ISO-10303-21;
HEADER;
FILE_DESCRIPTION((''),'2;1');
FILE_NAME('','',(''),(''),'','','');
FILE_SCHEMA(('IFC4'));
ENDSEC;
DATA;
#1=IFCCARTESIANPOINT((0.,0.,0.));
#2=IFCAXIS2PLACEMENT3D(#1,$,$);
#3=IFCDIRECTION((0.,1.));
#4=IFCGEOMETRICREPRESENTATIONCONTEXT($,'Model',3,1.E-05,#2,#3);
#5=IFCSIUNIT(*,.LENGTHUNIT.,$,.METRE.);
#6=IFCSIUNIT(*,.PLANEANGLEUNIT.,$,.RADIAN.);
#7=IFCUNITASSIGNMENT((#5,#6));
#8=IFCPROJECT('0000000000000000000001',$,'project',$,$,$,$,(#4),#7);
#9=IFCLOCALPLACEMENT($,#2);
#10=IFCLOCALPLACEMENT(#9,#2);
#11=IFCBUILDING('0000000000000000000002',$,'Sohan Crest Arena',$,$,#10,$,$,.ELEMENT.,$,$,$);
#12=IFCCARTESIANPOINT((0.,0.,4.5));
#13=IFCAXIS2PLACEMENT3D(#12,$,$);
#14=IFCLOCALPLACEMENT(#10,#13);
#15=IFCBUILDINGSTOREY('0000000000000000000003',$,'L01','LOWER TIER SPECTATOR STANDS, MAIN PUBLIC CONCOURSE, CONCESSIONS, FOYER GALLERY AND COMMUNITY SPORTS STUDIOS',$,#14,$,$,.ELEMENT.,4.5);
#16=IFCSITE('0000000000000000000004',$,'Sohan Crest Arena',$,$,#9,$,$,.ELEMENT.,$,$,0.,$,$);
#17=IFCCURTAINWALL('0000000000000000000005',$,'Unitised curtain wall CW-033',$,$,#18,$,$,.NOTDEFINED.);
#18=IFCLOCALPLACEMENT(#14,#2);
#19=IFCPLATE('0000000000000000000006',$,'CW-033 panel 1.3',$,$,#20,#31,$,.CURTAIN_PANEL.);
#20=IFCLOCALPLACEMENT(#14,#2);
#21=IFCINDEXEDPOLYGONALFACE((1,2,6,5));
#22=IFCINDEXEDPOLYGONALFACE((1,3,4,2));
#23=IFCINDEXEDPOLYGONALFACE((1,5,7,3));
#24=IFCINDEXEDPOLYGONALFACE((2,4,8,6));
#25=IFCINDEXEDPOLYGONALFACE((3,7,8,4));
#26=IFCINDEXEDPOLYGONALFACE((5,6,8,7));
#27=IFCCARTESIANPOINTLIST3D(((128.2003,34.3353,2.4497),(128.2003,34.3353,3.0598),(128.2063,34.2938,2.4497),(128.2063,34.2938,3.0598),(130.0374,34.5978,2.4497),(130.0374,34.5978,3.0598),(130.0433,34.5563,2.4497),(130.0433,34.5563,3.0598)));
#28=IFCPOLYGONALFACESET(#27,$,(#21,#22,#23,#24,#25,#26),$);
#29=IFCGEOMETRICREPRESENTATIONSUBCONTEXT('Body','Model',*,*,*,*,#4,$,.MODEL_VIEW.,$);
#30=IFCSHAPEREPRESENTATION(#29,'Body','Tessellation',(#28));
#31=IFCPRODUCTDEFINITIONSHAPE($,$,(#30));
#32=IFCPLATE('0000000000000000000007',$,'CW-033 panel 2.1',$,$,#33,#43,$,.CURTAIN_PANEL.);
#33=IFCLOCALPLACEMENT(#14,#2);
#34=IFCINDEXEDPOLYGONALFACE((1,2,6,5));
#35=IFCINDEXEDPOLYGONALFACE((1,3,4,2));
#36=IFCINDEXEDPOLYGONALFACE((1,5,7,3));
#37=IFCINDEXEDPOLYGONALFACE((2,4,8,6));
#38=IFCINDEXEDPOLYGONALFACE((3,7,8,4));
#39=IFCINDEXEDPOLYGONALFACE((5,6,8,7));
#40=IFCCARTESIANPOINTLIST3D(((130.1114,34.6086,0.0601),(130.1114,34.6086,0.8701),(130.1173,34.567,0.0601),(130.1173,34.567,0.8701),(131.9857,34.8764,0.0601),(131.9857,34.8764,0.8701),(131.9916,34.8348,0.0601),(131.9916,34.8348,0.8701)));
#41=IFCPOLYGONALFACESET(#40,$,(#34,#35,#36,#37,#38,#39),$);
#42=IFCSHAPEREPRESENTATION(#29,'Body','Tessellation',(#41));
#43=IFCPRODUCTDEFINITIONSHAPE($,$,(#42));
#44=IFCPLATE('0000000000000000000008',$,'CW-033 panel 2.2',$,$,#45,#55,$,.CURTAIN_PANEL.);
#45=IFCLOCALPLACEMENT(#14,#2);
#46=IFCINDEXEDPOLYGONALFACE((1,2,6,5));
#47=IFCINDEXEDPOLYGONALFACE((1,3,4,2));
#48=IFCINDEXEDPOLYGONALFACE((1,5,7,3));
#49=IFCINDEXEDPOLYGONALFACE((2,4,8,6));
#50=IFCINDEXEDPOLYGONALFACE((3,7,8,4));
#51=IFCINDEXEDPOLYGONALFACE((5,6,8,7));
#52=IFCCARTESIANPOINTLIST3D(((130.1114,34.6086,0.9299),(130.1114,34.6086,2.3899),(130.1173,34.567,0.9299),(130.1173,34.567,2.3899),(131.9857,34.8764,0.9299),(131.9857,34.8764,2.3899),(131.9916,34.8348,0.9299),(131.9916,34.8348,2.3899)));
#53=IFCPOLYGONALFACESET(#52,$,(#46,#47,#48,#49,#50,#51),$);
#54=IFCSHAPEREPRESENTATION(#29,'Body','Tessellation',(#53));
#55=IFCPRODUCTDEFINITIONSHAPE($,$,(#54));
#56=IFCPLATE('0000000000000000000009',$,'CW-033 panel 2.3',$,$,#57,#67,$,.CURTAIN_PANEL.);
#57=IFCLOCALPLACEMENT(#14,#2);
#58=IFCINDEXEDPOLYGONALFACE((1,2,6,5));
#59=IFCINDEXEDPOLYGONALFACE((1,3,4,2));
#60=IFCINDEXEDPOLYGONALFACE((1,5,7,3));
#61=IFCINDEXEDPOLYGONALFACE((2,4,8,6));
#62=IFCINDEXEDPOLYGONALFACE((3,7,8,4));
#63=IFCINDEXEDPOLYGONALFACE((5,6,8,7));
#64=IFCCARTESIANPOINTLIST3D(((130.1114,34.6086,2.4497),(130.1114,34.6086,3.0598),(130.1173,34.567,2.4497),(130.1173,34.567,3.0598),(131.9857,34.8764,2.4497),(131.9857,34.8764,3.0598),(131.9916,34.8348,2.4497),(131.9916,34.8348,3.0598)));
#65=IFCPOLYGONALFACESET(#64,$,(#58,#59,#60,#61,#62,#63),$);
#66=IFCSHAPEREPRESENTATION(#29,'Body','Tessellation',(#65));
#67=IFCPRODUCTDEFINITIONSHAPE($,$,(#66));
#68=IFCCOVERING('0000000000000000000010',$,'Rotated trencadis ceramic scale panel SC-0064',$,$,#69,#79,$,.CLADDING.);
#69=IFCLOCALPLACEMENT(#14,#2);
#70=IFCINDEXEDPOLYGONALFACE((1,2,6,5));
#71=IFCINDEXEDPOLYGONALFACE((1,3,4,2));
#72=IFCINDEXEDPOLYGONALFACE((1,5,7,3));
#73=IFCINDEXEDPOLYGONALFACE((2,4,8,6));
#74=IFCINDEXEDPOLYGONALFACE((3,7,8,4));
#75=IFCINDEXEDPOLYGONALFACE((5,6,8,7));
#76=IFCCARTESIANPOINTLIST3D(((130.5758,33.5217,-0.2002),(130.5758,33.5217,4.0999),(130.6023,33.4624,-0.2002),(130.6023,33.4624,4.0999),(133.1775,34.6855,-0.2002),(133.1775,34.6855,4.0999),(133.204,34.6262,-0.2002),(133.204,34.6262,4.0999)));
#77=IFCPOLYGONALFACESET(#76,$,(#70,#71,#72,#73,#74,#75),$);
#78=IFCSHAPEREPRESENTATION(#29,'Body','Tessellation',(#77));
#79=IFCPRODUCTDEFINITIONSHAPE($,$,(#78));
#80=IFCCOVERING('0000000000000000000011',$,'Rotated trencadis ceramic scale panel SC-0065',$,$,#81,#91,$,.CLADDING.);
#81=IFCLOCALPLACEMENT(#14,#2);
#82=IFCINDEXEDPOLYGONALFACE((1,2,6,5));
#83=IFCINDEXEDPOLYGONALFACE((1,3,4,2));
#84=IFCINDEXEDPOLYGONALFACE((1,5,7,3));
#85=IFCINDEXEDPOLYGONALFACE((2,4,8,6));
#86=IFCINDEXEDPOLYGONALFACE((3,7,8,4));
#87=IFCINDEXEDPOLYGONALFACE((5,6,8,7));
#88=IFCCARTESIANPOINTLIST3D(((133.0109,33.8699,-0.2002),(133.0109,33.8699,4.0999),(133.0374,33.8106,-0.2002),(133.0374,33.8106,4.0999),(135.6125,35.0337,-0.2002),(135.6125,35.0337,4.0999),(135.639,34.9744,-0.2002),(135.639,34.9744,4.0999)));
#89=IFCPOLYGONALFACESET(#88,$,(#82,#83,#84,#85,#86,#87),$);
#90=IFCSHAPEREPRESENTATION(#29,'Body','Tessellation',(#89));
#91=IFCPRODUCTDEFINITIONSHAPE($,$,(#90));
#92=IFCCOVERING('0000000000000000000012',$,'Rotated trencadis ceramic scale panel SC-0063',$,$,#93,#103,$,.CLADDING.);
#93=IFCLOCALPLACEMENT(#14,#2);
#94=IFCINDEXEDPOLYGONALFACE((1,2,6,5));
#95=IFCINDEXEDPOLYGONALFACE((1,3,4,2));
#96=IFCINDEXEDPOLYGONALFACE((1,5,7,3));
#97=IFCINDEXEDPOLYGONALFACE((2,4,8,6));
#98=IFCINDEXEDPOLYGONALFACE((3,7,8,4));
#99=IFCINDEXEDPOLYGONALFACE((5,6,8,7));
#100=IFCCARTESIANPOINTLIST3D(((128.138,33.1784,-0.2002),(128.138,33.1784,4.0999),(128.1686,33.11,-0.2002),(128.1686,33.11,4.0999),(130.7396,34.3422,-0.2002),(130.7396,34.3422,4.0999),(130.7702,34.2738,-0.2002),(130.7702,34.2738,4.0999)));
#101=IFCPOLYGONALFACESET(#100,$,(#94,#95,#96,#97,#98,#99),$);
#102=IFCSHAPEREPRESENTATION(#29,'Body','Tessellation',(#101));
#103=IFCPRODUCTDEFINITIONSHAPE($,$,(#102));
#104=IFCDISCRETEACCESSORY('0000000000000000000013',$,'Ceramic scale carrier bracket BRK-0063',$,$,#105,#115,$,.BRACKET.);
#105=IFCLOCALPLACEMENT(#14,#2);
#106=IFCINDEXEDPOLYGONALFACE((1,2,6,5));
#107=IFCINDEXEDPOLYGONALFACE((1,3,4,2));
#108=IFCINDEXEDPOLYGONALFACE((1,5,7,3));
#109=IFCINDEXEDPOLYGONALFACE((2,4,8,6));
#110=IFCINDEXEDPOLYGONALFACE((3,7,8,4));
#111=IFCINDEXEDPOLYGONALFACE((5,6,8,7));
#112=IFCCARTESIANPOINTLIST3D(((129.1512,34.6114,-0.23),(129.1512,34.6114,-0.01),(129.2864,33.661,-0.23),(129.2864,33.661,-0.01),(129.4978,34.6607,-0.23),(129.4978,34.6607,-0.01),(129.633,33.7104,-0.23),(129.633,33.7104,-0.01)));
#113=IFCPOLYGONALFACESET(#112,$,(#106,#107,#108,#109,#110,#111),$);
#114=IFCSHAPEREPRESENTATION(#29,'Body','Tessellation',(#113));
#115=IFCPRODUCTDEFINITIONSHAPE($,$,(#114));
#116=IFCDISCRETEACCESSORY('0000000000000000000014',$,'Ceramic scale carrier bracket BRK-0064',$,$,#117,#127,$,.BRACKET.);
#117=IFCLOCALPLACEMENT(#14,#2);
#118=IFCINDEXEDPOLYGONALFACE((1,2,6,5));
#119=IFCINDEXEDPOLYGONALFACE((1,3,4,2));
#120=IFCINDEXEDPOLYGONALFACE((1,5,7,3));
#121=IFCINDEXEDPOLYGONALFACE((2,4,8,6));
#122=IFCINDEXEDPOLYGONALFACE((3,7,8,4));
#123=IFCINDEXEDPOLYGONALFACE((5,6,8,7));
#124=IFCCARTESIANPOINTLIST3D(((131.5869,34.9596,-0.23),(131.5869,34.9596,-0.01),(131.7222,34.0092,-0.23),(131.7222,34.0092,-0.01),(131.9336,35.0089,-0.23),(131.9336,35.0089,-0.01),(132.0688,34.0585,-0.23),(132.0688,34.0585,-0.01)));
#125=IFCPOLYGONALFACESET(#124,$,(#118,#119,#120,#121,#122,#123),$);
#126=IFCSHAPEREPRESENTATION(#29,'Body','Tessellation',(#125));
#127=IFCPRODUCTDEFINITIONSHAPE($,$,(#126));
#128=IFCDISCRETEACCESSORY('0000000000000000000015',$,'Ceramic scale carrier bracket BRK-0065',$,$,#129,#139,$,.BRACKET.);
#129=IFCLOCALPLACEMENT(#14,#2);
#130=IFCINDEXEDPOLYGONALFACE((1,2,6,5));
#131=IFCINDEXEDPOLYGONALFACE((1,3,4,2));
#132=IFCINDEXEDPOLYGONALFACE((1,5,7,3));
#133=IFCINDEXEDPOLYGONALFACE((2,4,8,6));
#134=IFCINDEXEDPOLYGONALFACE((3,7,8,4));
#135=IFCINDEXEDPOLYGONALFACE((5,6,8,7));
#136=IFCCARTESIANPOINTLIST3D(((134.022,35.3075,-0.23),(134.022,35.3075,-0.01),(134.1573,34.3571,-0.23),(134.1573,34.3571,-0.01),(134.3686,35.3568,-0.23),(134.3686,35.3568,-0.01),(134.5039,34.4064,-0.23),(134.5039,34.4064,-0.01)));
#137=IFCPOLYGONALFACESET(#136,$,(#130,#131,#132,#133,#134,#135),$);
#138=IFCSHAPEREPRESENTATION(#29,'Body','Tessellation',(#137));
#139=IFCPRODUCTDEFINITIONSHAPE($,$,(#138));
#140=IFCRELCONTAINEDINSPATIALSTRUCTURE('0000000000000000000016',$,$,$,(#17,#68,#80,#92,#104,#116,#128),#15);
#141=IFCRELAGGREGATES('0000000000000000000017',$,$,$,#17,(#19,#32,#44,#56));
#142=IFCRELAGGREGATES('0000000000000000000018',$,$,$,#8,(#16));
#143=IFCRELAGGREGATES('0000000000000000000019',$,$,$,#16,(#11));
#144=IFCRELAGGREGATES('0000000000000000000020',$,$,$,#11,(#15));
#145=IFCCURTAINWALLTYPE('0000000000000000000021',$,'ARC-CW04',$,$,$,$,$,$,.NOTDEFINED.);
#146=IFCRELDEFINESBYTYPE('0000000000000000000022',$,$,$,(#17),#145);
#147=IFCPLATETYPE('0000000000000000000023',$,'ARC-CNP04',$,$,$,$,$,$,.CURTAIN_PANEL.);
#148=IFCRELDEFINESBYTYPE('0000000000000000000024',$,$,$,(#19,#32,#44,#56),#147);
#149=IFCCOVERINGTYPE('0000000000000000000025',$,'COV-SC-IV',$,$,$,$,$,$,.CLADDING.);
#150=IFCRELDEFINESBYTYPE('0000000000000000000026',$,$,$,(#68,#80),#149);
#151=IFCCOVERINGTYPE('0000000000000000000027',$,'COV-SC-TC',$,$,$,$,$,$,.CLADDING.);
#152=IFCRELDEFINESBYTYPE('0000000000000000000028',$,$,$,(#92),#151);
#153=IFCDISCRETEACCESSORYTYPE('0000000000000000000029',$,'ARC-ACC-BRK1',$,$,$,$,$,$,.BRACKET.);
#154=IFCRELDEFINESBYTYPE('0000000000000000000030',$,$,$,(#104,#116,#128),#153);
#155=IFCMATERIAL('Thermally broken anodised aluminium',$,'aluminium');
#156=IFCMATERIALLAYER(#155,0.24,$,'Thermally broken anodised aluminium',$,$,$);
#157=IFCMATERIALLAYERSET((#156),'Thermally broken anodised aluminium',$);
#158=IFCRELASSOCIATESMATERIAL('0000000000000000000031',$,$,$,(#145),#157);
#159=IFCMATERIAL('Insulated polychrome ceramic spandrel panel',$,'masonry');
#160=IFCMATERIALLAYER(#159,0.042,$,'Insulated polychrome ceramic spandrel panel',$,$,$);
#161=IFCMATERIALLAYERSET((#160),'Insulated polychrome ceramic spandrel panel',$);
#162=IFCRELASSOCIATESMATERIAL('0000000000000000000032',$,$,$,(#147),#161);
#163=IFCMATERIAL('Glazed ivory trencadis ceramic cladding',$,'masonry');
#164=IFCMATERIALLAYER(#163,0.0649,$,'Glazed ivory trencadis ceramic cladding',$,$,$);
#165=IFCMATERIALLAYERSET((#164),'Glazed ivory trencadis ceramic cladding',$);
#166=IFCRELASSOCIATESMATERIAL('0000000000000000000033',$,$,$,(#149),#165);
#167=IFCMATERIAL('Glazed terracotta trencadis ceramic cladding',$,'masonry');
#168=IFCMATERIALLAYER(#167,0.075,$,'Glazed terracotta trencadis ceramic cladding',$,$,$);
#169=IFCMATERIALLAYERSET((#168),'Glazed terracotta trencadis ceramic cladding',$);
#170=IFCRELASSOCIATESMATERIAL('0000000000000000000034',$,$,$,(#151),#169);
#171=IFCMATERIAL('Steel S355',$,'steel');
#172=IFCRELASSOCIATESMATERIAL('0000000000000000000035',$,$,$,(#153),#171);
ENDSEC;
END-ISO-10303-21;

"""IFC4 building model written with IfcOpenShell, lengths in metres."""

from ifc_helpers import new_model, si_unit, direction, frame, origin, origin_2d, place, context, subcontext, project, spatial, rectangle, extrude, material, layer, layer_set, type_object, element, aggregate, save


model = new_model("IFC4")

# Units and contexts
model_context = context("Model", 3, precision=1e-05, world=origin(), true_north=direction((0.0, 1.0)))
body_context = subcontext(model_context, "Body", "Model", "MODEL_VIEW")
ifc_project = project(units=[si_unit("LENGTHUNIT", "METRE"), si_unit("PLANEANGLEUNIT", "RADIAN")], contexts=[model_context])

# Site, building, storey
site_placement = place(None, origin())
site = spatial("IfcSite", under=ifc_project, at=site_placement, Name="Sohan Crest Arena", CompositionType="ELEMENT", RefElevation=0.0)
building_placement = place(site_placement, origin())
building = spatial("IfcBuilding", under=site, at=building_placement, Name="Sohan Crest Arena", CompositionType="ELEMENT")
storey_placement = place(building_placement, frame((0.0, 0.0, 4.5)))
storey = spatial("IfcBuildingStorey", under=building, at=storey_placement, Name="L01", Description="LOWER TIER SPECTATOR STANDS, MAIN PUBLIC CONCOURSE, CONCESSIONS, FOYER GALLERY AND COMMUNITY SPORTS STUDIOS", CompositionType="ELEMENT", Elevation=4.5)

# Curtain wall
ifc_material_1 = material(Name="Thermally broken anodised aluminium", Category="aluminium")
ifc_layer_1 = layer(ifc_material_1, 0.24, Name="Thermally broken anodised aluminium")
ifc_layer_set_1 = layer_set([ifc_layer_1], Name="Thermally broken anodised aluminium")
curtain_wall_type_1 = type_object("IfcCurtainWallType", Name="ARC-CW04", PredefinedType="NOTDEFINED", material=ifc_layer_set_1)
curtain_wall_1_placement = place(storey_placement, origin())
curtain_wall_1 = element("IfcCurtainWall", 1, at=curtain_wall_1_placement, inside=storey, type_object=curtain_wall_type_1, Name="Unitised curtain wall CW-033", PredefinedType="NOTDEFINED")

# Plates
ifc_material_2 = material(Name="Insulated polychrome ceramic spandrel panel", Category="masonry")
ifc_layer_2 = layer(ifc_material_2, 0.042, Name="Insulated polychrome ceramic spandrel panel")
ifc_layer_set_2 = layer_set([ifc_layer_2], Name="Insulated polychrome ceramic spandrel panel")
plate_type_1 = type_object("IfcPlateType", Name="ARC-CNP04", PredefinedType="CURTAIN_PANEL", material=ifc_layer_set_2)
plate_1_placement = place(storey_placement, frame((129.1218, 34.4458, 2.4497), z_axis=(0.0, 0.0, 1.0), x_axis=(0.989945, 0.14145, 0.0)))
plate_1 = element("IfcPlate", 2, at=plate_1_placement, type_object=plate_type_1, Name="CW-033 panel 1.3", PredefinedType="CURTAIN_PANEL", context=body_context, shape_type="SweptSolid", body=[
    extrude(rectangle(XDim=1.8557, YDim=0.042, at=origin_2d()), origin(), (0.0, 0.0, 1.0), 0.6101),
])
plate_2_placement = place(storey_placement, frame((131.0515, 34.7217, 0.0601), z_axis=(0.0, 0.0, 1.0), x_axis=(0.989945, 0.14145, 0.0)))
plate_2 = element("IfcPlate", 3, at=plate_2_placement, type_object=plate_type_1, Name="CW-033 panel 2.1", PredefinedType="CURTAIN_PANEL", context=body_context, shape_type="SweptSolid", body=[
    extrude(rectangle(XDim=1.8933, YDim=0.042, at=origin_2d()), origin(), (0.0, 0.0, 1.0), 0.8101),
])
plate_3_placement = place(storey_placement, frame((131.0515, 34.7217, 0.9299), z_axis=(0.0, 0.0, 1.0), x_axis=(0.989945, 0.14145, 0.0)))
plate_3 = element("IfcPlate", 4, at=plate_3_placement, type_object=plate_type_1, Name="CW-033 panel 2.2", PredefinedType="CURTAIN_PANEL", context=body_context, shape_type="SweptSolid", body=[
    extrude(rectangle(XDim=1.8933, YDim=0.042, at=origin_2d()), origin(), (0.0, 0.0, 1.0), 1.46),
])
plate_4_placement = place(storey_placement, frame((131.0515, 34.7217, 2.4497), z_axis=(0.0, 0.0, 1.0), x_axis=(0.989945, 0.14145, 0.0)))
plate_4 = element("IfcPlate", 5, at=plate_4_placement, type_object=plate_type_1, Name="CW-033 panel 2.3", PredefinedType="CURTAIN_PANEL", context=body_context, shape_type="SweptSolid", body=[
    extrude(rectangle(XDim=1.8933, YDim=0.042, at=origin_2d()), origin(), (0.0, 0.0, 1.0), 0.6101),
])
aggregate(curtain_wall_1, [plate_1, plate_2, plate_3, plate_4])

# Coverings
ifc_material_3 = material(Name="Glazed ivory trencadis ceramic cladding", Category="masonry")
ifc_layer_3 = layer(ifc_material_3, 0.0649, Name="Glazed ivory trencadis ceramic cladding")
ifc_layer_set_3 = layer_set([ifc_layer_3], Name="Glazed ivory trencadis ceramic cladding")
covering_type_1 = type_object("IfcCoveringType", Name="COV-SC-IV", PredefinedType="CLADDING", material=ifc_layer_set_3)
for number, where, z_axis, x_axis, name in (
    (6, (131.8899, 34.074, -0.2002), (0.0, 0.0, 1.0), (0.912834, 0.40833, 0.0), "Rotated trencadis ceramic scale panel SC-0064"),
    (7, (134.325, 34.4221, -0.2002), (0.0, 0.0, 1.0), (0.912834, 0.40833, 0.0), "Rotated trencadis ceramic scale panel SC-0065"),
):
    element("IfcCovering", number, at=place(storey_placement, frame(where, z_axis=z_axis, x_axis=x_axis)), inside=storey, type_object=covering_type_1, Name=name, PredefinedType="CLADDING", context=body_context, shape_type="SweptSolid", body=[
        extrude(rectangle(XDim=2.8501, YDim=0.0649, at=origin_2d()), origin(), (0.0, 0.0, 1.0), 4.3),
    ])
ifc_material_4 = material(Name="Glazed terracotta trencadis ceramic cladding", Category="masonry")
ifc_layer_4 = layer(ifc_material_4, 0.075, Name="Glazed terracotta trencadis ceramic cladding")
ifc_layer_set_4 = layer_set([ifc_layer_4], Name="Glazed terracotta trencadis ceramic cladding")
covering_type_2 = type_object("IfcCoveringType", Name="COV-SC-TC", PredefinedType="CLADDING", material=ifc_layer_set_4)
covering_placement = place(storey_placement, frame((129.4541, 33.7261, -0.2002), z_axis=(0.0, 0.0, 1.0), x_axis=(0.912834, 0.40833, 0.0)))
element("IfcCovering", 8, at=covering_placement, inside=storey, type_object=covering_type_2, Name="Rotated trencadis ceramic scale panel SC-0063", PredefinedType="CLADDING", context=body_context, shape_type="SweptSolid", body=[
    extrude(rectangle(XDim=2.8501, YDim=0.075, at=origin_2d()), origin(), (0.0, 0.0, 1.0), 4.3),
])

# Discrete accessories
ifc_material_5 = material(Name="Steel S355", Category="steel")
discrete_accessory_type = type_object("IfcDiscreteAccessoryType", Name="ARC-ACC-BRK1", PredefinedType="BRACKET", material=ifc_material_5)
for number, where, z_axis, x_axis, name in (
    (9, (129.3921, 34.1609, -0.23), (0.0, 0.0, 1.0), (0.990024, 0.140901, 0.0), "Ceramic scale carrier bracket BRK-0063"),
    (10, (131.8279, 34.509, -0.23), (0.0, 0.0, 1.0), (0.990024, 0.140901, 0.0), "Ceramic scale carrier bracket BRK-0064"),
    (11, (134.2629, 34.8569, -0.23), (0.0, 0.0, 1.0), (0.990024, 0.140901, 0.0), "Ceramic scale carrier bracket BRK-0065"),
):
    element("IfcDiscreteAccessory", number, at=place(storey_placement, frame(where, z_axis=z_axis, x_axis=x_axis)), inside=storey, type_object=discrete_accessory_type, Name=name, PredefinedType="BRACKET", context=body_context, shape_type="SweptSolid", body=[
        extrude(rectangle(XDim=0.3501, YDim=0.96, at=origin_2d()), origin(), (0.0, 0.0, 1.0), 0.22),
    ])

save(model, "model.ifc")
